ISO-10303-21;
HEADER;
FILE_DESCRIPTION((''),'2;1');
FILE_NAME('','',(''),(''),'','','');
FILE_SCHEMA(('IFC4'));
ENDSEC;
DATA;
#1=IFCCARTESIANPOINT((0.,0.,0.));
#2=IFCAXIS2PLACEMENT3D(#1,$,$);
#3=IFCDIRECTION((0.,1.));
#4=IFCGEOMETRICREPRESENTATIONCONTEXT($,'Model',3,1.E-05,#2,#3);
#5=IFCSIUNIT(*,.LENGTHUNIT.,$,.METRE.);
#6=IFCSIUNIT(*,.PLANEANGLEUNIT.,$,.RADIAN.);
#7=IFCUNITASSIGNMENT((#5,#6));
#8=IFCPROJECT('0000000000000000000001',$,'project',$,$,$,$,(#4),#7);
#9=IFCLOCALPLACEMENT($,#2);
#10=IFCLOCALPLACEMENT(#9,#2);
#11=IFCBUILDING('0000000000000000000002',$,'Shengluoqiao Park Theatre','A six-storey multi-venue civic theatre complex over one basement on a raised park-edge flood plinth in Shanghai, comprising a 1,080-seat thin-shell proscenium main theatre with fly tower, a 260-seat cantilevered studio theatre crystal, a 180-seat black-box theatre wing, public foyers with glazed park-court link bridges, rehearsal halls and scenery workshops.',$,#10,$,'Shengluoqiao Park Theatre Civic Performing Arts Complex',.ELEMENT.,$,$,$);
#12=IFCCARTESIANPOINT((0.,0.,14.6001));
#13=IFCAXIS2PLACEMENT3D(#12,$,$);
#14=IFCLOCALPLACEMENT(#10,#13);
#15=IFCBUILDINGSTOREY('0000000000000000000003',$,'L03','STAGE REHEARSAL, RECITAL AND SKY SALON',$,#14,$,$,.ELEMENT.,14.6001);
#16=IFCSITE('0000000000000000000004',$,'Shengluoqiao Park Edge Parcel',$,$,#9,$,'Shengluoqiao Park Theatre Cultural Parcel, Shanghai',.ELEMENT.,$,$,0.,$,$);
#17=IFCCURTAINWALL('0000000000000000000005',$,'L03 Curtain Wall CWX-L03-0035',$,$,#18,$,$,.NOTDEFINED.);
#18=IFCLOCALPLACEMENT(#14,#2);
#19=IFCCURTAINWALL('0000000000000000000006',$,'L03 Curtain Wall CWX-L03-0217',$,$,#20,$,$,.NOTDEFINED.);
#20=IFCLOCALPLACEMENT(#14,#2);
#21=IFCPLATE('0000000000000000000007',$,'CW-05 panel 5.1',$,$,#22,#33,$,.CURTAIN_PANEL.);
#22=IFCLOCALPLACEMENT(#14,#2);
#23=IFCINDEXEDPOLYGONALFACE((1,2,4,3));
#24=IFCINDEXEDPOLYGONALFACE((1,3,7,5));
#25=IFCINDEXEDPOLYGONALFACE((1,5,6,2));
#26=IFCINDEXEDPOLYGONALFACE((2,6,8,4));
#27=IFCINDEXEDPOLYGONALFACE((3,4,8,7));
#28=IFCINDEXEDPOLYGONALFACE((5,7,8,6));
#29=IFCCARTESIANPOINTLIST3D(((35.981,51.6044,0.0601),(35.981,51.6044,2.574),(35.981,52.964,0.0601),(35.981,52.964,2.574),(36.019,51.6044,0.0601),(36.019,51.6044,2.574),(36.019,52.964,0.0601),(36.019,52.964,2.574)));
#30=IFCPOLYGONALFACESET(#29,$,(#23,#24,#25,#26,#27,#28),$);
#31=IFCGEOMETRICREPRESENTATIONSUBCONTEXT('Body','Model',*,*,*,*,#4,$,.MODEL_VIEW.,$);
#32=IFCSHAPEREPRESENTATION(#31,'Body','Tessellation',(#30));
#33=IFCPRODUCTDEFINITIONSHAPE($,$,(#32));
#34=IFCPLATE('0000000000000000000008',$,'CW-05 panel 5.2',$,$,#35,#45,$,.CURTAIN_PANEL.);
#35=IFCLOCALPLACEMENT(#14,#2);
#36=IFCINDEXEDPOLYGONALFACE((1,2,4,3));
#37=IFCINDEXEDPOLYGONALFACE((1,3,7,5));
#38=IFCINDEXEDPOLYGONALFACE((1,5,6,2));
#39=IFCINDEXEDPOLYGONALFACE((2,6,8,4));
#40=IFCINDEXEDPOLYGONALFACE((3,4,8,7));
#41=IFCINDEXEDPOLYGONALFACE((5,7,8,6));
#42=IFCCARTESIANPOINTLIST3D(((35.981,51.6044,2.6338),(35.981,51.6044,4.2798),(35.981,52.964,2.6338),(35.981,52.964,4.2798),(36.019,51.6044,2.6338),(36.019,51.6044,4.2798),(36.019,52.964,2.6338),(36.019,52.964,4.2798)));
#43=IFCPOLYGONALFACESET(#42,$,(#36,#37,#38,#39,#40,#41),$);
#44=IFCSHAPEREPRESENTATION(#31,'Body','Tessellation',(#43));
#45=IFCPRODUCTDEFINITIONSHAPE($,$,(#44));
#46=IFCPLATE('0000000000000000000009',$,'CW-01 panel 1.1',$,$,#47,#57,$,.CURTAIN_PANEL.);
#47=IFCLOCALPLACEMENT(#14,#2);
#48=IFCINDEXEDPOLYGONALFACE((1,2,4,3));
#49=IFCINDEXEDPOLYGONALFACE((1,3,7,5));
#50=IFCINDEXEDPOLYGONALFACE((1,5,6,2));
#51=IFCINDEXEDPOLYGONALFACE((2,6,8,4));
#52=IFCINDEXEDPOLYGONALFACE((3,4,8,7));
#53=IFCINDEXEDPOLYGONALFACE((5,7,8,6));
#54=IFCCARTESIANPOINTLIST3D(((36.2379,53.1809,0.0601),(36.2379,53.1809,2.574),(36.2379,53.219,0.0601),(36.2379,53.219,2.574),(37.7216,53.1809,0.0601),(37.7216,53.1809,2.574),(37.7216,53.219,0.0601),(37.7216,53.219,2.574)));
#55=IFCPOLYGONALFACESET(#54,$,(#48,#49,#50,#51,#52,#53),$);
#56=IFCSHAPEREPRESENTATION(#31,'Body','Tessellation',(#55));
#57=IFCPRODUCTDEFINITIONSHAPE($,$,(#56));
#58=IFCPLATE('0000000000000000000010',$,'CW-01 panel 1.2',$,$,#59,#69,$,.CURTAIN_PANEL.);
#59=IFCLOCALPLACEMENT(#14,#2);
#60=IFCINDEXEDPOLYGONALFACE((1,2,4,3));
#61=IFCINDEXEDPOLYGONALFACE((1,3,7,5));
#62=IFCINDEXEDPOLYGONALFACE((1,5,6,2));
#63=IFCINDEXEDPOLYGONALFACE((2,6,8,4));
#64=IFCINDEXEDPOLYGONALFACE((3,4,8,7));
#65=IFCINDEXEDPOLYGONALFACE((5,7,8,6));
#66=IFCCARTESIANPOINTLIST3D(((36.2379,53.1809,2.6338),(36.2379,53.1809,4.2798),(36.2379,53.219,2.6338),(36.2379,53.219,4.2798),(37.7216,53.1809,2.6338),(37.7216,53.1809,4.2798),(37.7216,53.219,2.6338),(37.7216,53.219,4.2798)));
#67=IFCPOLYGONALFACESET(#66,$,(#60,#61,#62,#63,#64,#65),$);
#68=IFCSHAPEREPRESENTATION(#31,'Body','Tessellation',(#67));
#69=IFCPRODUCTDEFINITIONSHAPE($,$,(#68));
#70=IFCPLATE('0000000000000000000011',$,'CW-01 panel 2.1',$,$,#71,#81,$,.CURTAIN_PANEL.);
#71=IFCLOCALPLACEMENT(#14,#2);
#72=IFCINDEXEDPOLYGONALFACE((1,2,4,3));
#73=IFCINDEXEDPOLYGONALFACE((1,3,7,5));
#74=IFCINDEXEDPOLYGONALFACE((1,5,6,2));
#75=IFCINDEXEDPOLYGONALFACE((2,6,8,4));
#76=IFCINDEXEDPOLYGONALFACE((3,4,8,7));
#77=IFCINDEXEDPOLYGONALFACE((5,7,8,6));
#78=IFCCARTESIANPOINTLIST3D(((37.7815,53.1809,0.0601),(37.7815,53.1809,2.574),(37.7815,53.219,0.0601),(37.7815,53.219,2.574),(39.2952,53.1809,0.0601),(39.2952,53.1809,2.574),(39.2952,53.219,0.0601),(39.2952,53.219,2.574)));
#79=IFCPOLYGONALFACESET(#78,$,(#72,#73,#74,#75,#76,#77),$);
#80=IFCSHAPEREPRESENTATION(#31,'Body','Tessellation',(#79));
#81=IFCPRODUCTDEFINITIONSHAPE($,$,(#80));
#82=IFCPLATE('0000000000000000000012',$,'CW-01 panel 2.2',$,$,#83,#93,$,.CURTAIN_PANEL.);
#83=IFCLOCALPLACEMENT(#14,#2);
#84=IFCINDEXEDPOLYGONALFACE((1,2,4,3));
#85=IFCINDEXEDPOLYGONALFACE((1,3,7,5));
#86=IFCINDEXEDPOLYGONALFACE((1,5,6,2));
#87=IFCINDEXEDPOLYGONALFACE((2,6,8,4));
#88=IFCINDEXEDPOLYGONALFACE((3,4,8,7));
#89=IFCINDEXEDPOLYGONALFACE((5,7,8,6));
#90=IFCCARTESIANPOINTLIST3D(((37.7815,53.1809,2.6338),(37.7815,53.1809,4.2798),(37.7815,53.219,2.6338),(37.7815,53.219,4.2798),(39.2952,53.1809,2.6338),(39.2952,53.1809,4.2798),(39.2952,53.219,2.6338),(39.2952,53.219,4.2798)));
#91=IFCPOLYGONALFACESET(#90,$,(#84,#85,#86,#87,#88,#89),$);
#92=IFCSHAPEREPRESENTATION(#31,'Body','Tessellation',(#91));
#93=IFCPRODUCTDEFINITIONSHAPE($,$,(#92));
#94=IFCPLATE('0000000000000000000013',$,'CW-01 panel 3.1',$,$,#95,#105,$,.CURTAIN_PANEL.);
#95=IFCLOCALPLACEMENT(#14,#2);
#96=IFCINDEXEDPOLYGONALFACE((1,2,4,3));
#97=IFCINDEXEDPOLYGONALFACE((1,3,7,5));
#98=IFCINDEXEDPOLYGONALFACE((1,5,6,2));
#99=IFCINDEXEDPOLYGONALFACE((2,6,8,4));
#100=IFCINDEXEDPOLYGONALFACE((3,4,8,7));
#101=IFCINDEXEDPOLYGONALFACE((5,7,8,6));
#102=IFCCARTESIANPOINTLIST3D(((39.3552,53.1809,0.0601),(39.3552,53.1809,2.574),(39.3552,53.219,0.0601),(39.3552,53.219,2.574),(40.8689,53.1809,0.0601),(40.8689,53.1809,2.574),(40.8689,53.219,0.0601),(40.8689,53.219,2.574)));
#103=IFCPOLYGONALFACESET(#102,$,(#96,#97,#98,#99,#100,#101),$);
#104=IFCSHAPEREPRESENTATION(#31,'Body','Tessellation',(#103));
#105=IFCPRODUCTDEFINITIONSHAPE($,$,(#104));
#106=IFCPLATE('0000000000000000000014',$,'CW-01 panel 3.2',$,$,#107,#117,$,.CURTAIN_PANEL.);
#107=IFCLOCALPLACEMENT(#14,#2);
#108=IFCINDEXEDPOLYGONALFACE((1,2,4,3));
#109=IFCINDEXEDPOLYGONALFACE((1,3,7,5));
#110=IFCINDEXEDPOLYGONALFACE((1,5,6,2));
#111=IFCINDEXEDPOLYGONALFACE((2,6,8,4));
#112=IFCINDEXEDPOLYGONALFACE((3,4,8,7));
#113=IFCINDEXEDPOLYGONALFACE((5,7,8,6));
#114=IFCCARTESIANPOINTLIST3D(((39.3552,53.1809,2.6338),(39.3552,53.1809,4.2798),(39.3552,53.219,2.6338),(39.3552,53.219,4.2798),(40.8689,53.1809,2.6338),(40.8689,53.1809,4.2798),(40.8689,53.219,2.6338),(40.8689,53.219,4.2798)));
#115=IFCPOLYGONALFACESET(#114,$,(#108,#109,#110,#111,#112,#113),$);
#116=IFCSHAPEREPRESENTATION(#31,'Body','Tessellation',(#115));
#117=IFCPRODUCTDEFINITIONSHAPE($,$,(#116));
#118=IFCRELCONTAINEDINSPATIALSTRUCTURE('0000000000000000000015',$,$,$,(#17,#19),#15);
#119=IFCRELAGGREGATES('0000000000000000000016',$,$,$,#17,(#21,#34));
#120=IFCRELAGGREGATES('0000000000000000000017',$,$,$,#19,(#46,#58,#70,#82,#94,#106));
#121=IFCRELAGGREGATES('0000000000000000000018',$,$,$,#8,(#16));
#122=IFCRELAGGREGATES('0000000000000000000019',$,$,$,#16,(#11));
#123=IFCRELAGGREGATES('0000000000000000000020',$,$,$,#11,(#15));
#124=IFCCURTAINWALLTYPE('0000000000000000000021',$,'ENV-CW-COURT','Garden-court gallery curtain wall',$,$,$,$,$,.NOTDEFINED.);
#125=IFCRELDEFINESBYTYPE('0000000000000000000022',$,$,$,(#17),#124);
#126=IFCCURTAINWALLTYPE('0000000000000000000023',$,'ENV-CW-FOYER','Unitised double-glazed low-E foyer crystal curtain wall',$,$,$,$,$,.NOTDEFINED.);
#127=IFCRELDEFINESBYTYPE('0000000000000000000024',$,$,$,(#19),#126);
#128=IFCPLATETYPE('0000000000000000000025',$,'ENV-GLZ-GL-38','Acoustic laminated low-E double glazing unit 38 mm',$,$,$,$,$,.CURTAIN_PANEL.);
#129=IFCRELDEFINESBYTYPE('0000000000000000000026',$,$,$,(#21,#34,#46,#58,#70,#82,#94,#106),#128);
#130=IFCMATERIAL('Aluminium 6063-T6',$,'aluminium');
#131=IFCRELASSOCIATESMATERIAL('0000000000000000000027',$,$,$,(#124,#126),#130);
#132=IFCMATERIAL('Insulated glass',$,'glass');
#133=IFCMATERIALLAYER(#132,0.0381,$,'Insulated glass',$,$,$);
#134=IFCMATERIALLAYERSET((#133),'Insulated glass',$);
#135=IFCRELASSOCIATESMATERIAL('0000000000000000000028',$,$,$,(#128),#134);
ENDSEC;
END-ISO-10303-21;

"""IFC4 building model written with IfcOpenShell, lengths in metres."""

from ifc_helpers import new_model, si_unit, direction, frame, origin, origin_2d, place, context, subcontext, project, spatial, rectangle, extrude, material, layer, layer_set, type_object, element, aggregate, save


model = new_model("IFC4")

# Units and contexts
model_context = context("Model", 3, precision=1e-05, world=origin(), true_north=direction((0.0, 1.0)))
body_context = subcontext(model_context, "Body", "Model", "MODEL_VIEW")
ifc_project = project(units=[si_unit("LENGTHUNIT", "METRE"), si_unit("PLANEANGLEUNIT", "RADIAN")], contexts=[model_context])

# Site, building, storey
site_placement = place(None, origin())
site = spatial("IfcSite", under=ifc_project, at=site_placement, Name="Shengluoqiao Park Edge Parcel", LongName="Shengluoqiao Park Theatre Cultural Parcel, Shanghai", CompositionType="ELEMENT", RefElevation=0.0)
building_placement = place(site_placement, origin())
building = spatial("IfcBuilding", under=site, at=building_placement, Name="Shengluoqiao Park Theatre", Description="A six-storey multi-venue civic theatre complex over one basement on a raised park-edge flood plinth in Shanghai, comprising a 1,080-seat thin-shell proscenium main theatre with fly tower, a 260-seat cantilevered studio theatre crystal, a 180-seat black-box theatre wing, public foyers with glazed park-court link bridges, rehearsal halls and scenery workshops.", LongName="Shengluoqiao Park Theatre Civic Performing Arts Complex", CompositionType="ELEMENT")
storey_placement = place(building_placement, frame((0.0, 0.0, 14.6001)))
storey = spatial("IfcBuildingStorey", under=building, at=storey_placement, Name="L03", Description="STAGE REHEARSAL, RECITAL AND SKY SALON", CompositionType="ELEMENT", Elevation=14.6001)

# Curtain wall
ifc_material_1 = material(Name="Aluminium 6063-T6", Category="aluminium")
curtain_wall_type_1 = type_object("IfcCurtainWallType", Name="ENV-CW-COURT", Description="Garden-court gallery curtain wall", PredefinedType="NOTDEFINED", material=ifc_material_1)
curtain_wall_1_placement = place(storey_placement, origin())
curtain_wall_1 = element("IfcCurtainWall", 1, at=curtain_wall_1_placement, inside=storey, type_object=curtain_wall_type_1, Name="L03 Curtain Wall CWX-L03-0035", PredefinedType="NOTDEFINED")

# Curtain wall
curtain_wall_type_2 = type_object("IfcCurtainWallType", Name="ENV-CW-FOYER", Description="Unitised double-glazed low-E foyer crystal curtain wall", PredefinedType="NOTDEFINED", material=ifc_material_1)
curtain_wall_2_placement = place(storey_placement, origin())
curtain_wall_2 = element("IfcCurtainWall", 2, at=curtain_wall_2_placement, inside=storey, type_object=curtain_wall_type_2, Name="L03 Curtain Wall CWX-L03-0217", PredefinedType="NOTDEFINED")

# Plates
ifc_material_2 = material(Name="Insulated glass", Category="glass")
ifc_layer = layer(ifc_material_2, 0.0381, Name="Insulated glass")
ifc_layer_set = layer_set([ifc_layer], Name="Insulated glass")
plate_type = type_object("IfcPlateType", Name="ENV-GLZ-GL-38", Description="Acoustic laminated low-E double glazing unit 38 mm", PredefinedType="CURTAIN_PANEL", material=ifc_layer_set)
plate_1_placement = place(storey_placement, frame((36.0, 52.2842, 0.0601), z_axis=(0.0, 0.0, 1.0), x_axis=(0.0, 1.0, 0.0)))
plate_1 = element("IfcPlate", 3, at=plate_1_placement, type_object=plate_type, Name="CW-05 panel 5.1", PredefinedType="CURTAIN_PANEL", context=body_context, shape_type="SweptSolid", body=[
    extrude(rectangle(XDim=1.3596, YDim=0.0381, at=origin_2d()), origin(), (0.0, 0.0, 1.0), 2.5139),
])
plate_2_placement = place(storey_placement, frame((36.0, 52.2842, 2.6338), z_axis=(0.0, 0.0, 1.0), x_axis=(0.0, 1.0, 0.0)))
plate_2 = element("IfcPlate", 4, at=plate_2_placement, type_object=plate_type, Name="CW-05 panel 5.2", PredefinedType="CURTAIN_PANEL", context=body_context, shape_type="SweptSolid", body=[
    extrude(rectangle(XDim=1.3596, YDim=0.0381, at=origin_2d()), origin(), (0.0, 0.0, 1.0), 1.646),
])
aggregate(curtain_wall_1, [plate_1, plate_2])
plate_3_placement = place(storey_placement, frame((36.9797, 53.2, 0.0601), z_axis=(0.0, 0.0, 1.0), x_axis=(1.0, 0.0, 0.0)))
plate_3 = element("IfcPlate", 5, at=plate_3_placement, type_object=plate_type, Name="CW-01 panel 1.1", PredefinedType="CURTAIN_PANEL", context=body_context, shape_type="SweptSolid", body=[
    extrude(rectangle(XDim=1.4836, YDim=0.0381, at=origin_2d()), origin(), (0.0, 0.0, 1.0), 2.5139),
])
plate_4_placement = place(storey_placement, frame((36.9797, 53.2, 2.6338), z_axis=(0.0, 0.0, 1.0), x_axis=(1.0, 0.0, 0.0)))
plate_4 = element("IfcPlate", 6, at=plate_4_placement, type_object=plate_type, Name="CW-01 panel 1.2", PredefinedType="CURTAIN_PANEL", context=body_context, shape_type="SweptSolid", body=[
    extrude(rectangle(XDim=1.4836, YDim=0.0381, at=origin_2d()), origin(), (0.0, 0.0, 1.0), 1.646),
])
plate_5_placement = place(storey_placement, frame((38.5383, 53.2, 0.0601), z_axis=(0.0, 0.0, 1.0), x_axis=(1.0, 0.0, 0.0)))
plate_5 = element("IfcPlate", 7, at=plate_5_placement, type_object=plate_type, Name="CW-01 panel 2.1", PredefinedType="CURTAIN_PANEL", context=body_context, shape_type="SweptSolid", body=[
    extrude(rectangle(XDim=1.5137, YDim=0.0381, at=origin_2d()), origin(), (0.0, 0.0, 1.0), 2.5139),
])
plate_6_placement = place(storey_placement, frame((38.5383, 53.2, 2.6338), z_axis=(0.0, 0.0, 1.0), x_axis=(1.0, 0.0, 0.0)))
plate_6 = element("IfcPlate", 8, at=plate_6_placement, type_object=plate_type, Name="CW-01 panel 2.2", PredefinedType="CURTAIN_PANEL", context=body_context, shape_type="SweptSolid", body=[
    extrude(rectangle(XDim=1.5137, YDim=0.0381, at=origin_2d()), origin(), (0.0, 0.0, 1.0), 1.646),
])
plate_7_placement = place(storey_placement, frame((40.1121, 53.2, 0.0601), z_axis=(0.0, 0.0, 1.0), x_axis=(1.0, 0.0, 0.0)))
plate_7 = element("IfcPlate", 9, at=plate_7_placement, type_object=plate_type, Name="CW-01 panel 3.1", PredefinedType="CURTAIN_PANEL", context=body_context, shape_type="SweptSolid", body=[
    extrude(rectangle(XDim=1.5137, YDim=0.0381, at=origin_2d()), origin(), (0.0, 0.0, 1.0), 2.5139),
])
plate_8_placement = place(storey_placement, frame((40.1121, 53.2, 2.6338), z_axis=(0.0, 0.0, 1.0), x_axis=(1.0, 0.0, 0.0)))
plate_8 = element("IfcPlate", 10, at=plate_8_placement, type_object=plate_type, Name="CW-01 panel 3.2", PredefinedType="CURTAIN_PANEL", context=body_context, shape_type="SweptSolid", body=[
    extrude(rectangle(XDim=1.5137, YDim=0.0381, at=origin_2d()), origin(), (0.0, 0.0, 1.0), 1.646),
])
aggregate(curtain_wall_2, [plate_3, plate_4, plate_5, plate_6, plate_7, plate_8])

save(model, "model.ifc")
